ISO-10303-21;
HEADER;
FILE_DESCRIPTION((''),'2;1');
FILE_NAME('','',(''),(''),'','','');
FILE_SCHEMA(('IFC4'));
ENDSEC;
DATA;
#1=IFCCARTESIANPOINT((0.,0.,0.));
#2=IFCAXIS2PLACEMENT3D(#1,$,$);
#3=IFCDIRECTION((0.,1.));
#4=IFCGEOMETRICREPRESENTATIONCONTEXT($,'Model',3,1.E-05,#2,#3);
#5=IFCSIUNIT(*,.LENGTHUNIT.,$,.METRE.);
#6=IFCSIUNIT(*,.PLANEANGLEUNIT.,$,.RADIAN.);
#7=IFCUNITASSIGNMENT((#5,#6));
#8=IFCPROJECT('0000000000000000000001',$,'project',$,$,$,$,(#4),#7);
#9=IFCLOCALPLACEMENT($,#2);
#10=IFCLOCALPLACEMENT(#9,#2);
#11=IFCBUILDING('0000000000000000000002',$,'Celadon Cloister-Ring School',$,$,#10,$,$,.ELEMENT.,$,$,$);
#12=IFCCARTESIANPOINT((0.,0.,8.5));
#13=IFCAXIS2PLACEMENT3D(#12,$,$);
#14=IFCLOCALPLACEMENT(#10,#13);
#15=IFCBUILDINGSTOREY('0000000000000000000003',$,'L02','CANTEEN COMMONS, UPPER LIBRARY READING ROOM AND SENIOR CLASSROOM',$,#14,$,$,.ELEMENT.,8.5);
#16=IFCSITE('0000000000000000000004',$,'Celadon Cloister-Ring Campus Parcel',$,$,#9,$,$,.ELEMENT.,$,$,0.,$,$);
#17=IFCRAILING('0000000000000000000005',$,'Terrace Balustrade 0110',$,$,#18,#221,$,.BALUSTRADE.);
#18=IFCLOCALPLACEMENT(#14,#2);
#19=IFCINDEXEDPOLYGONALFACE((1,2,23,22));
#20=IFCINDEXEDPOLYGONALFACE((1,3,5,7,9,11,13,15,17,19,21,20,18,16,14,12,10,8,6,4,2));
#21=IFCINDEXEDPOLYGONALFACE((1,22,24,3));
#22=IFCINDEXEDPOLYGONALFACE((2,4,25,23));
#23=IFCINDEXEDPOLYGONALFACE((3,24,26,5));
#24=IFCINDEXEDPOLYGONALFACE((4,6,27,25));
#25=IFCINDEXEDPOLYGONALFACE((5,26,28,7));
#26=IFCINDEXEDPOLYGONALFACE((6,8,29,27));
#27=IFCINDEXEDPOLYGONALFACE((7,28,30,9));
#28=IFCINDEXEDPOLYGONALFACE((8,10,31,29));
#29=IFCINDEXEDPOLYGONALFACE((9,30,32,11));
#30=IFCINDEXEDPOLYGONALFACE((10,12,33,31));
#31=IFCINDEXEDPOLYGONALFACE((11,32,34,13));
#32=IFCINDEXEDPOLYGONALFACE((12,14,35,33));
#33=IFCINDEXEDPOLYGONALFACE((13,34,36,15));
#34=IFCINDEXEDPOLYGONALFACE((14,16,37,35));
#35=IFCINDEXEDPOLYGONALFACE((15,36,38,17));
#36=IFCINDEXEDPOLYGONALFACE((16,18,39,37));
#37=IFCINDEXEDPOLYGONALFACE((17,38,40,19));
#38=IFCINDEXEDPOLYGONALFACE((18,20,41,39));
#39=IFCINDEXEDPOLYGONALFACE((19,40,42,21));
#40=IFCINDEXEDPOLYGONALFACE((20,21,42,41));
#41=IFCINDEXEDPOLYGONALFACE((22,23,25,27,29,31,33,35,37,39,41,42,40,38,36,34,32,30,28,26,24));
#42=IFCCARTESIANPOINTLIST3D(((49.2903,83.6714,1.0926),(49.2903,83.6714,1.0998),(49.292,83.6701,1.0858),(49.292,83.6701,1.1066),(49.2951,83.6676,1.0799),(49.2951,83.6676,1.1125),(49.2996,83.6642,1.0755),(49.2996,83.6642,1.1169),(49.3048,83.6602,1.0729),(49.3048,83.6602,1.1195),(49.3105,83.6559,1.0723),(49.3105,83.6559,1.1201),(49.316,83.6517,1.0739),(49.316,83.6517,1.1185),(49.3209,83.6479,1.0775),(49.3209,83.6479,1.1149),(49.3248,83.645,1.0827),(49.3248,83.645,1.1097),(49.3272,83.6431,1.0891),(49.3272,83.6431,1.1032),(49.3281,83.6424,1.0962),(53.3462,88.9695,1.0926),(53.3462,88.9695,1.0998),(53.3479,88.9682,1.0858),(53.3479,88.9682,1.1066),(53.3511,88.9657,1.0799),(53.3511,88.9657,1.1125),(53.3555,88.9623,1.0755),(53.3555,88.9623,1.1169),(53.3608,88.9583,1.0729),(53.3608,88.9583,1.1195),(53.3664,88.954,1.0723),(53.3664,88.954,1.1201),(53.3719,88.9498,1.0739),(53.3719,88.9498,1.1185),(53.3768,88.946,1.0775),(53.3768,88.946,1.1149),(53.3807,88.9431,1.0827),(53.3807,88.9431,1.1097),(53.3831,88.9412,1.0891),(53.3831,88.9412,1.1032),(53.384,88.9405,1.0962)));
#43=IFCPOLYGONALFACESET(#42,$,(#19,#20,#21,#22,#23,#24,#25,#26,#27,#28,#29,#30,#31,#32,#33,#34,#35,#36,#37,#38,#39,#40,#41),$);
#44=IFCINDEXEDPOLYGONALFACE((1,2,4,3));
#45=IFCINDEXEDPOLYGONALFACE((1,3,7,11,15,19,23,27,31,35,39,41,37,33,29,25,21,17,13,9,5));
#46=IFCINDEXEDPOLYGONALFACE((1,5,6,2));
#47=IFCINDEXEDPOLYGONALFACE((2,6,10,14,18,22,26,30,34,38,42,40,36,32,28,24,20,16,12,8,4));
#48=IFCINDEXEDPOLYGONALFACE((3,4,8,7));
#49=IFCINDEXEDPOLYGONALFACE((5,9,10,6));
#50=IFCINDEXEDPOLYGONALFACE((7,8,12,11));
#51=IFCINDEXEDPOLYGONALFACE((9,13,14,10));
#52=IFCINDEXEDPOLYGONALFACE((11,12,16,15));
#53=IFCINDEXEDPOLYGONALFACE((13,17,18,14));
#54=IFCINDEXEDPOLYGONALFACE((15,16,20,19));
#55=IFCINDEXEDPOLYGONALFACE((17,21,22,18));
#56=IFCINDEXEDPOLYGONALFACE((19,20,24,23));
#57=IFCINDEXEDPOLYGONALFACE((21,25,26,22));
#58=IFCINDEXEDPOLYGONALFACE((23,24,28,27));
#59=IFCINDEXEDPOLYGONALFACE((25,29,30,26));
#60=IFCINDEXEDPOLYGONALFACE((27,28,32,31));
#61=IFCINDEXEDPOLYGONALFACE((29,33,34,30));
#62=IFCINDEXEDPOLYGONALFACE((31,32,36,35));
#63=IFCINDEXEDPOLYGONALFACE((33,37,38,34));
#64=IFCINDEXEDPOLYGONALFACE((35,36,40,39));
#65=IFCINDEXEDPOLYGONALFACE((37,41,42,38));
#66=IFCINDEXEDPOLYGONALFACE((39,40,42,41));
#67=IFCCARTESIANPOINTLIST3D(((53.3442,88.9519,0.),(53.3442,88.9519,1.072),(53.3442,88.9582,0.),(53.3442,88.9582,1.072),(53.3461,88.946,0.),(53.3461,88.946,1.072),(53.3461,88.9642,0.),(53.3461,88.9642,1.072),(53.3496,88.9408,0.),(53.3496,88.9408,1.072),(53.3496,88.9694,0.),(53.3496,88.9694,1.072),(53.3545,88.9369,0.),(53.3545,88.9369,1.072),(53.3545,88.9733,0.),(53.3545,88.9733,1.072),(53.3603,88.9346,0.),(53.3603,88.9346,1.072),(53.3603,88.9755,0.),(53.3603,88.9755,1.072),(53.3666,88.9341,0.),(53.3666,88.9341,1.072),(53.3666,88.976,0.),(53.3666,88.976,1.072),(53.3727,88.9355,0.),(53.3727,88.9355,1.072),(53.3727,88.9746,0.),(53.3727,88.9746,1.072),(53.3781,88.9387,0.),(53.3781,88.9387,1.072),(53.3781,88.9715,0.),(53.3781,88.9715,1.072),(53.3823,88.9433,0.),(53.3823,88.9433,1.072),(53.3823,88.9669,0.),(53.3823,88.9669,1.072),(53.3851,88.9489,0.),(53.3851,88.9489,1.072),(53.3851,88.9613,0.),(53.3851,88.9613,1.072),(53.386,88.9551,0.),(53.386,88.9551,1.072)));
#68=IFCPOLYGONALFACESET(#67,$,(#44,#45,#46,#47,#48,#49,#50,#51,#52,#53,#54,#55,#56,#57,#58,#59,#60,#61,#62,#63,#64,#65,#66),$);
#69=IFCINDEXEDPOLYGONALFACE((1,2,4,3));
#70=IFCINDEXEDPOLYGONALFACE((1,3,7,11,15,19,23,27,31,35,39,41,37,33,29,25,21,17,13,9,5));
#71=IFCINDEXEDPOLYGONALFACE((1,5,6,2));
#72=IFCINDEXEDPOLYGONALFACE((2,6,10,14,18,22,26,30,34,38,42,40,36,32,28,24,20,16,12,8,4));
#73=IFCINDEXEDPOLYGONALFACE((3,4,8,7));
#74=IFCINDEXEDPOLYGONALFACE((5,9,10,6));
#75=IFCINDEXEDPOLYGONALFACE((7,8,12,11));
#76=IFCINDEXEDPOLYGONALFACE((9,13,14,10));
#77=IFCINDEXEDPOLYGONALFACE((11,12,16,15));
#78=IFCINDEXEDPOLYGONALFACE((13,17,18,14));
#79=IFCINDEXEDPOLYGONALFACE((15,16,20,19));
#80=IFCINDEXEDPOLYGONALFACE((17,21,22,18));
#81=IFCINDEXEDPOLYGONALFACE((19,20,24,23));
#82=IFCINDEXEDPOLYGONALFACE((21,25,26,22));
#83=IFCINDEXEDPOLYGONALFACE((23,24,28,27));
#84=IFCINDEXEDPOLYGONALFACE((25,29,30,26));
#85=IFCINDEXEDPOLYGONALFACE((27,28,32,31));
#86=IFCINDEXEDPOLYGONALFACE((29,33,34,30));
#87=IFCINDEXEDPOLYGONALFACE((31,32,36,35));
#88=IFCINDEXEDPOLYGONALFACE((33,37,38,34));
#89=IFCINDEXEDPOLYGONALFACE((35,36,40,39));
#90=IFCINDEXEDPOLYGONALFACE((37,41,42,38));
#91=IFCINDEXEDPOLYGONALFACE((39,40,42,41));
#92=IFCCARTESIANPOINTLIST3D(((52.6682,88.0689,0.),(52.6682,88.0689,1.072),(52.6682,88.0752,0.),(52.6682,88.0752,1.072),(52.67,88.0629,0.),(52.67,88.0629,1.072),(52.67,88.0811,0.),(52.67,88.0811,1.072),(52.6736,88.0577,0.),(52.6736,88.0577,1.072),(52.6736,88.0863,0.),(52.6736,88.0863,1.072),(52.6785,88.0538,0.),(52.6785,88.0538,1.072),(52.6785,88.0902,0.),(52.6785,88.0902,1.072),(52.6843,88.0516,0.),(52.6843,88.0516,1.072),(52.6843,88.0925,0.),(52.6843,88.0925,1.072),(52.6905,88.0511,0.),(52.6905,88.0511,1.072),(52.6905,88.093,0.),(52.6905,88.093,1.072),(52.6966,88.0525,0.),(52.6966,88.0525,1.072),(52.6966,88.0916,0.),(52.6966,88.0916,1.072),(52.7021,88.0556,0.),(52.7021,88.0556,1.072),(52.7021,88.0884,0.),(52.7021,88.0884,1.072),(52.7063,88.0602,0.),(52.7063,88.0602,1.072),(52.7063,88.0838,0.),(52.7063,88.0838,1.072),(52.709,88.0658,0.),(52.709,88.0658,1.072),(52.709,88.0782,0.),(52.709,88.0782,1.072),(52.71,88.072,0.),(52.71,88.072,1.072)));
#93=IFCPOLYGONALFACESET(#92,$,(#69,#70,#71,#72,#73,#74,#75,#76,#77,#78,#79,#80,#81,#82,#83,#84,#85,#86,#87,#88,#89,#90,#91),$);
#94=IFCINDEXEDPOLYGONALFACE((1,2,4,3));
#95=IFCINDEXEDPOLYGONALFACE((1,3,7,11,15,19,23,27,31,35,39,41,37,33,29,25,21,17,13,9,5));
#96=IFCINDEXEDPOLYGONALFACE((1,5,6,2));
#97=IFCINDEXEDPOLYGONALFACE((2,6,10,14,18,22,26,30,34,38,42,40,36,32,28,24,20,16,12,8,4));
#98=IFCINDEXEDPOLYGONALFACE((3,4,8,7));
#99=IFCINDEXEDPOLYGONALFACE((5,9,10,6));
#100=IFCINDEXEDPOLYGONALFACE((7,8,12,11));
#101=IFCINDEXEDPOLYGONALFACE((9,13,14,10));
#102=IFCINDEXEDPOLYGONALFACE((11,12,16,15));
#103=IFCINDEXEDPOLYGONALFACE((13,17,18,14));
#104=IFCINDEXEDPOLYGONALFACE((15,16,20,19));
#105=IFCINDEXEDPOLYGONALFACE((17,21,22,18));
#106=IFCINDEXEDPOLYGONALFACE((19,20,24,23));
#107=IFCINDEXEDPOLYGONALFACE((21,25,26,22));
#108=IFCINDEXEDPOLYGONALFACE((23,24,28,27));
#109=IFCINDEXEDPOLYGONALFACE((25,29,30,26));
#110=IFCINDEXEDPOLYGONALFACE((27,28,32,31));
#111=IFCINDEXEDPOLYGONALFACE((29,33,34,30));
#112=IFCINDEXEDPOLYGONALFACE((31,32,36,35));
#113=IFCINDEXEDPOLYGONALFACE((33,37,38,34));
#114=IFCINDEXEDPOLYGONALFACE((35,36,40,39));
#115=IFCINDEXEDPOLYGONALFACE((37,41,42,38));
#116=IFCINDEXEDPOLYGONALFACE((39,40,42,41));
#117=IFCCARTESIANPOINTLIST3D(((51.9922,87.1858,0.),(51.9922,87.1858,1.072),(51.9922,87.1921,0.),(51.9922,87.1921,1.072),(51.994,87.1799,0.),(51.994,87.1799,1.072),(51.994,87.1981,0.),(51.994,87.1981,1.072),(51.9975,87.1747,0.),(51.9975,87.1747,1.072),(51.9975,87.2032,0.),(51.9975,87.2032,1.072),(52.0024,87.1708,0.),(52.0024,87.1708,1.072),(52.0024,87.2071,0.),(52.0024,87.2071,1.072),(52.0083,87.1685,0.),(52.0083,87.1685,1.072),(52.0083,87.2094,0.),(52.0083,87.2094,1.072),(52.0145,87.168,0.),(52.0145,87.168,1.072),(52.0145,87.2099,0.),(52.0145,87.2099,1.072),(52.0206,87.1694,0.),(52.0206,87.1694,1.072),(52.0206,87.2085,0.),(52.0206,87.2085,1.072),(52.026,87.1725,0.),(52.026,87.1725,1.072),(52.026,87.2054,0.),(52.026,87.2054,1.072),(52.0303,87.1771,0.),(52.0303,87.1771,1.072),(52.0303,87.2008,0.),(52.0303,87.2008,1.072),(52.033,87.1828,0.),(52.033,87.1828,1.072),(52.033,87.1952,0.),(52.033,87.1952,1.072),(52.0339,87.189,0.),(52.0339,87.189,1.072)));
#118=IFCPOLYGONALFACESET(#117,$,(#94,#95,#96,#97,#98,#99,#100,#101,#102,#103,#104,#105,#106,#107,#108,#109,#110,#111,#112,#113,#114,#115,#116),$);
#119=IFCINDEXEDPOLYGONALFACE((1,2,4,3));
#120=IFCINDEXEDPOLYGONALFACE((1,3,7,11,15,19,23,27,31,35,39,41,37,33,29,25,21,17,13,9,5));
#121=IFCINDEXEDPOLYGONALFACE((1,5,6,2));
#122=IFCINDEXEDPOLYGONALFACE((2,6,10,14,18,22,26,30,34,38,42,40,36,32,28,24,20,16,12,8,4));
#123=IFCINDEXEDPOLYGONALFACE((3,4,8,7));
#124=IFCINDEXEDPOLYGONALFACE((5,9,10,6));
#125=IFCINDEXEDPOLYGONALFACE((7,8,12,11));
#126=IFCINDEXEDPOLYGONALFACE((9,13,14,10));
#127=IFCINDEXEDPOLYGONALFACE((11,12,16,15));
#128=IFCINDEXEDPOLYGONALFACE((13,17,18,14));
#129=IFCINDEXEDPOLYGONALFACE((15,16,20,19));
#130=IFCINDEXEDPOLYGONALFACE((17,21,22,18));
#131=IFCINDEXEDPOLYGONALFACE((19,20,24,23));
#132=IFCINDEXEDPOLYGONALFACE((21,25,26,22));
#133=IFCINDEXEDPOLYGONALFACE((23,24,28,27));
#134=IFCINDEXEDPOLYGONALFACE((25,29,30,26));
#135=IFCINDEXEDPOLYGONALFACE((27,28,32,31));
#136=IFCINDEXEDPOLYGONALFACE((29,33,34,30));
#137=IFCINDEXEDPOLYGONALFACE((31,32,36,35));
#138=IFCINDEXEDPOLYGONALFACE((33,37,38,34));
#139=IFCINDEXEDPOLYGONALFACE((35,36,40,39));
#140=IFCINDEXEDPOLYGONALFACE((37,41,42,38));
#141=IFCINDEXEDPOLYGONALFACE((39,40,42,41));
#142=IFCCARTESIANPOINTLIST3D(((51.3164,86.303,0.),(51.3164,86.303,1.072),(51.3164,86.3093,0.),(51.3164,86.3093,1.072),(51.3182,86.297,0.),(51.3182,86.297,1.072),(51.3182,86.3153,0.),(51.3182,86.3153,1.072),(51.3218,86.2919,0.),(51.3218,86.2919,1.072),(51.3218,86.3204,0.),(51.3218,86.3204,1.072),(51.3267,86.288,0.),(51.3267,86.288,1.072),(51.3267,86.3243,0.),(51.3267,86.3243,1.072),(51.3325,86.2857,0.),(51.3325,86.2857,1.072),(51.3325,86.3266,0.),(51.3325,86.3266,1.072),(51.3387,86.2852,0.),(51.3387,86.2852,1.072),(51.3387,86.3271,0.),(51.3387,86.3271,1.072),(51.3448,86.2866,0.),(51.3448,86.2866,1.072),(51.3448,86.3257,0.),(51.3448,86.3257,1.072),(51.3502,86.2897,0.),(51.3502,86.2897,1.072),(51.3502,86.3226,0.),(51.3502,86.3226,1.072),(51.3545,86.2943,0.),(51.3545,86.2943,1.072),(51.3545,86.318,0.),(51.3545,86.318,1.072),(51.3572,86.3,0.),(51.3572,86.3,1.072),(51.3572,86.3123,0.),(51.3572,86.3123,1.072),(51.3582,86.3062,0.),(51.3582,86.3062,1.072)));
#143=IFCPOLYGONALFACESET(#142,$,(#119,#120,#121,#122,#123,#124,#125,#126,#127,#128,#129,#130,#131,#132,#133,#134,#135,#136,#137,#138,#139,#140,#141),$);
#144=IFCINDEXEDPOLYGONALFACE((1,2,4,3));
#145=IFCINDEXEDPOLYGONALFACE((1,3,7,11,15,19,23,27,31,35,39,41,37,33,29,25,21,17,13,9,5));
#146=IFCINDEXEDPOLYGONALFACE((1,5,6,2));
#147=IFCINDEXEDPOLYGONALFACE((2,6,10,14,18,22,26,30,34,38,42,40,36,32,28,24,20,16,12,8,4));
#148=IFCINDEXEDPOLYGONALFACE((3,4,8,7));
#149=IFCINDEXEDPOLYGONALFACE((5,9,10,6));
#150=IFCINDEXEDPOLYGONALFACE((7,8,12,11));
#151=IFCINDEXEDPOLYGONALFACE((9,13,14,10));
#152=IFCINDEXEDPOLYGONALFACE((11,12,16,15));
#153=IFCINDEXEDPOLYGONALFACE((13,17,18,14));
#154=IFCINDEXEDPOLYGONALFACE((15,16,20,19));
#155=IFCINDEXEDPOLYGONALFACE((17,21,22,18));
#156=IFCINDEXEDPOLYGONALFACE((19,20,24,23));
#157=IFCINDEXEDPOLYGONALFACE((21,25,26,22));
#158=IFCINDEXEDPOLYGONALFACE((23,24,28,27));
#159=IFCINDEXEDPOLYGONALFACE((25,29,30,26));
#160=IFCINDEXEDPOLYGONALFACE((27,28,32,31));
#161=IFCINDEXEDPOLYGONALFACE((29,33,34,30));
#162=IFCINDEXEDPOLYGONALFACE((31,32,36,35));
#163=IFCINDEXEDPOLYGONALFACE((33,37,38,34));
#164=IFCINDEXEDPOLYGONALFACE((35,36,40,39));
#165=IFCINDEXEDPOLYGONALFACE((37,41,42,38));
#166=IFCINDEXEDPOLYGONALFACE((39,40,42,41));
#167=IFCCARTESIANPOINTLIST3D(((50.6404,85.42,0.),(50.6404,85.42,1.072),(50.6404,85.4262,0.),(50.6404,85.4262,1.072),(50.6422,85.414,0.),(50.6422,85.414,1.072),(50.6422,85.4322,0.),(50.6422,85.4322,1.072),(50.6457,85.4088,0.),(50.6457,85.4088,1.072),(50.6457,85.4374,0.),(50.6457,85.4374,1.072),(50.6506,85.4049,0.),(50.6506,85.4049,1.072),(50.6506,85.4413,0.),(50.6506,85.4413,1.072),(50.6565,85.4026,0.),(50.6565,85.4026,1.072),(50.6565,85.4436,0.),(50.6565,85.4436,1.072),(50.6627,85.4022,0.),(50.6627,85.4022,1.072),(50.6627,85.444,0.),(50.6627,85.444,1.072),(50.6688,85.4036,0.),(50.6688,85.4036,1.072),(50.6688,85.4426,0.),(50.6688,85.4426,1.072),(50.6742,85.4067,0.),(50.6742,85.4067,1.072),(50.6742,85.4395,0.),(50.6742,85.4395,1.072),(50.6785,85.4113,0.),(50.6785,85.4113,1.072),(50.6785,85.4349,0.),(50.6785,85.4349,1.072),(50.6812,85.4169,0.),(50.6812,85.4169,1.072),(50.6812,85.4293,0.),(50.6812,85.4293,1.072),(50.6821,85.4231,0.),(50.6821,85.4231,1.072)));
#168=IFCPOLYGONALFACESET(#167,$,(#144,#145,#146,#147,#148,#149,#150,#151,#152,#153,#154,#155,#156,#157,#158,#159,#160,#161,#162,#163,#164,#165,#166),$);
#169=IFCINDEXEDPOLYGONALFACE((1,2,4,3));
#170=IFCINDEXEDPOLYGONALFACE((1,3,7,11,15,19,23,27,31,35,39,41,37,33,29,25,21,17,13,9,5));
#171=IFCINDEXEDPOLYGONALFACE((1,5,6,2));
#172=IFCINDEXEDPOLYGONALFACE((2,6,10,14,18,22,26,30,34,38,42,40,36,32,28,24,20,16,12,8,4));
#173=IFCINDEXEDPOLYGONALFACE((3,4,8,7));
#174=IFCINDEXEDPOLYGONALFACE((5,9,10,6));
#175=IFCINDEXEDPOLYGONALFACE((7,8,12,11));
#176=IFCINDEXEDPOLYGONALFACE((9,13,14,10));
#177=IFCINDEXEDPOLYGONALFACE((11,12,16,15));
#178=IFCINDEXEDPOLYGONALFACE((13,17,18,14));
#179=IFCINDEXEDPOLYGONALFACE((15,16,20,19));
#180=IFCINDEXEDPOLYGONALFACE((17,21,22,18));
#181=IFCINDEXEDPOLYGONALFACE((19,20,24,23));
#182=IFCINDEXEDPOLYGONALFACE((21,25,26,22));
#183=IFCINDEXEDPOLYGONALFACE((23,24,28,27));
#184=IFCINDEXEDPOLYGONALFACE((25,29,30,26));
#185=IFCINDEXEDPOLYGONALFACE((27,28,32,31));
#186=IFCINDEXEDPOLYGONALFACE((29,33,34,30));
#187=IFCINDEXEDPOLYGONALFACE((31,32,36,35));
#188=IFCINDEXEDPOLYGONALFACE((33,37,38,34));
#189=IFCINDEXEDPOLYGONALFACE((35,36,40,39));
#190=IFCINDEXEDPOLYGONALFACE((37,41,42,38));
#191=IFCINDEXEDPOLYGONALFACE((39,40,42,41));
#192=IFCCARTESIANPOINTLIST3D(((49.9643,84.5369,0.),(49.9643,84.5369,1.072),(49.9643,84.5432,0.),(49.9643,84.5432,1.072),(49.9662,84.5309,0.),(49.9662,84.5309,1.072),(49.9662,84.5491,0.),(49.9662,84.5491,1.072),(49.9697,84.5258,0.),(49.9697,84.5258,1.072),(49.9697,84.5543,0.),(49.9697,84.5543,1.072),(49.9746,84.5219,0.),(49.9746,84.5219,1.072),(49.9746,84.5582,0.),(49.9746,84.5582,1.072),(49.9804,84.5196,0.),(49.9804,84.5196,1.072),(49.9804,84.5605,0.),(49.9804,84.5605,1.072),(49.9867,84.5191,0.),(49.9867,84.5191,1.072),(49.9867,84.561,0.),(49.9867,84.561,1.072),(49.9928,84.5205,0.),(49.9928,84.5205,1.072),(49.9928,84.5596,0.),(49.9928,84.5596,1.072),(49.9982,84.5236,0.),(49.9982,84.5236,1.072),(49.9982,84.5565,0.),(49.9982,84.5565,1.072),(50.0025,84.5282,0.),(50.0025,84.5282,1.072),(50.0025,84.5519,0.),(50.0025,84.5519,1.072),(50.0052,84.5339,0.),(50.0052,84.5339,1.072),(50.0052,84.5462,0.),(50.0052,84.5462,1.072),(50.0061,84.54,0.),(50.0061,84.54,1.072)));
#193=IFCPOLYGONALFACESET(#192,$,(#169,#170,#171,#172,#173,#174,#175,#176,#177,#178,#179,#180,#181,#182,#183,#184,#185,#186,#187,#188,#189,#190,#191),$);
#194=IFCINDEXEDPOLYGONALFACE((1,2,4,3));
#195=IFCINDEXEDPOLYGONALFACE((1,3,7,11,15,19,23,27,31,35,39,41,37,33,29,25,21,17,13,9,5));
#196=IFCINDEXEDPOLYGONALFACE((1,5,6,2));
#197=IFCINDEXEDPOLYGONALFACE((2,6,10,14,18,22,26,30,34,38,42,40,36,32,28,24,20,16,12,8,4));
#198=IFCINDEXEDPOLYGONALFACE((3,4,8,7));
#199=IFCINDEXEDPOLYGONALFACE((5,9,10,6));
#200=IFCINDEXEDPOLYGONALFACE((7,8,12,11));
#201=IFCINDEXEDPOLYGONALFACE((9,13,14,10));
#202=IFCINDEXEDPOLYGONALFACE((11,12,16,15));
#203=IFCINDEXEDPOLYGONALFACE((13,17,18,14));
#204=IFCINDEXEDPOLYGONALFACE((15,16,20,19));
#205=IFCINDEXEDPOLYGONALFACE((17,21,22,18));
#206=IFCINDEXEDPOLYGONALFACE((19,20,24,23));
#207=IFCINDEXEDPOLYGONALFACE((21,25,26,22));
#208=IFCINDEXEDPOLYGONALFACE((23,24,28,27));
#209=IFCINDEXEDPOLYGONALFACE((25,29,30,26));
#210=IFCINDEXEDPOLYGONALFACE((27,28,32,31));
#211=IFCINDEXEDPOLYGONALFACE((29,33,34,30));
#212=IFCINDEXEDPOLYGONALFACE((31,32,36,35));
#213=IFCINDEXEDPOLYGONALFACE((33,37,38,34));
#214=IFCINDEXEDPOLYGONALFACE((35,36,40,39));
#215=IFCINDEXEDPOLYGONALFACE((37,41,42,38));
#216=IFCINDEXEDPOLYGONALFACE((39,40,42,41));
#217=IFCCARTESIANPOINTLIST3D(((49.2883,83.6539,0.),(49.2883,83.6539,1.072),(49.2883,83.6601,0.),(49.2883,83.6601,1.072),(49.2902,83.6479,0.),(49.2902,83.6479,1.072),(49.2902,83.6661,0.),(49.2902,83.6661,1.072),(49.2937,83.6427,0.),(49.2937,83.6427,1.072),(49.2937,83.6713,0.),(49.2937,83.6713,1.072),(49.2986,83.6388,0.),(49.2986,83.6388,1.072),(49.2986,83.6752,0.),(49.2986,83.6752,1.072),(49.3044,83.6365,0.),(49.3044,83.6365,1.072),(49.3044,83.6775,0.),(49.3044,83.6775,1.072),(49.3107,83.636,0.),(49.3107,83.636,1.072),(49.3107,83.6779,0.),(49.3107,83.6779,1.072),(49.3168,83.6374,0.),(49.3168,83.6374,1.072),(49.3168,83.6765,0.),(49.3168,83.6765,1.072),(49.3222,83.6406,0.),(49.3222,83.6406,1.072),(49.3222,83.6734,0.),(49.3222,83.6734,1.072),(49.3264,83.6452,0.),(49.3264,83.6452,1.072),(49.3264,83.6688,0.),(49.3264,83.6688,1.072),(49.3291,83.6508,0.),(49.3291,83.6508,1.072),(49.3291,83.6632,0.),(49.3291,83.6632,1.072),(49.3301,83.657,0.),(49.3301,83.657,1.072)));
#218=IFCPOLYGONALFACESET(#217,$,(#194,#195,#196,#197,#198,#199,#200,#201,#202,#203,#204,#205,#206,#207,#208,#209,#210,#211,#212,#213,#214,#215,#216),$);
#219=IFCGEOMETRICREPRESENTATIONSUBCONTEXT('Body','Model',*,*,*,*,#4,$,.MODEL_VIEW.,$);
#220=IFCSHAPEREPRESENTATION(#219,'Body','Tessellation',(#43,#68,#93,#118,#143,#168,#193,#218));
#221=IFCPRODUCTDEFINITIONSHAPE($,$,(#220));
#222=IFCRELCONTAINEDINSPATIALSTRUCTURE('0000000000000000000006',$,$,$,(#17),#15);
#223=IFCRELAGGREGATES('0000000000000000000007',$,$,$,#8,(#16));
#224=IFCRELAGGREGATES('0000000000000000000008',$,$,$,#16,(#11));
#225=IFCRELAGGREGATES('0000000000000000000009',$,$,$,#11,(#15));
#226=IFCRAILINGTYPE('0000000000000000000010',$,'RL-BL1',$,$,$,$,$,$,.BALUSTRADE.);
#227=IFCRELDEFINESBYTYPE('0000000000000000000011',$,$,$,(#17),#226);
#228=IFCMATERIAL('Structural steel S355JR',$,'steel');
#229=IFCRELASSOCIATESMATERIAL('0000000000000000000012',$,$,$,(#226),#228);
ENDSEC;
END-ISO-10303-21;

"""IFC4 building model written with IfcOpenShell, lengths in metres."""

from ifc_helpers import new_model, si_unit, direction, frame, origin, origin_2d, place, context, subcontext, project, spatial, circle, extrude, material, type_object, element, save


model = new_model("IFC4")

# Units and contexts
model_context = context("Model", 3, precision=1e-05, world=origin(), true_north=direction((0.0, 1.0)))
body_context = subcontext(model_context, "Body", "Model", "MODEL_VIEW")
ifc_project = project(units=[si_unit("LENGTHUNIT", "METRE"), si_unit("PLANEANGLEUNIT", "RADIAN")], contexts=[model_context])

# Site, building, storey
site_placement = place(None, origin())
site = spatial("IfcSite", under=ifc_project, at=site_placement, Name="Celadon Cloister-Ring Campus Parcel", CompositionType="ELEMENT", RefElevation=0.0)
building_placement = place(site_placement, origin())
building = spatial("IfcBuilding", under=site, at=building_placement, Name="Celadon Cloister-Ring School", CompositionType="ELEMENT")
storey_placement = place(building_placement, frame((0.0, 0.0, 8.5)))
storey = spatial("IfcBuildingStorey", under=building, at=storey_placement, Name="L02", Description="CANTEEN COMMONS, UPPER LIBRARY READING ROOM AND SENIOR CLASSROOM", CompositionType="ELEMENT", Elevation=8.5)

# Railing
ifc_material_1 = material(Name="Structural steel S355JR", Category="steel")
railing_type = type_object("IfcRailingType", Name="RL-BL1", PredefinedType="BALUSTRADE", material=ifc_material_1)
railing_placement = place(storey_placement, frame((53.365, 88.9551, 0.0)))
element("IfcRailing", 1, at=railing_placement, inside=storey, type_object=railing_type, Name="Terrace Balustrade 0110", PredefinedType="BALUSTRADE", context=body_context, shape_type="SweptSolid", body=[
    extrude(circle(Radius=0.0239, at=origin_2d()), frame((0.0, 0.0, 1.0962), z_axis=(-0.607868, -0.794038, 0.0), x_axis=(0.794038, -0.607868, 0.0)), (0.0, 0.0, 1.0), 6.6724),
    extrude(circle(Radius=0.021, at=origin_2d()), origin(), (0.0, 0.0, 1.0), 1.072),
    extrude(circle(Radius=0.021, at=origin_2d()), frame((-0.676, -0.8831, 0.0)), (0.0, 0.0, 1.0), 1.072),
    extrude(circle(Radius=0.021, at=origin_2d()), frame((-1.3521, -1.7661, 0.0)), (0.0, 0.0, 1.0), 1.072),
    extrude(circle(Radius=0.021, at=origin_2d()), frame((-2.0278, -2.6489, 0.0)), (0.0, 0.0, 1.0), 1.072),
    extrude(circle(Radius=0.021, at=origin_2d()), frame((-2.7039, -3.532, 0.0)), (0.0, 0.0, 1.0), 1.072),
    extrude(circle(Radius=0.021, at=origin_2d()), frame((-3.3799, -4.415, 0.0)), (0.0, 0.0, 1.0), 1.072),
    extrude(circle(Radius=0.021, at=origin_2d()), frame((-4.0559, -5.2981, 0.0)), (0.0, 0.0, 1.0), 1.072),
])

save(model, "model.ifc")
